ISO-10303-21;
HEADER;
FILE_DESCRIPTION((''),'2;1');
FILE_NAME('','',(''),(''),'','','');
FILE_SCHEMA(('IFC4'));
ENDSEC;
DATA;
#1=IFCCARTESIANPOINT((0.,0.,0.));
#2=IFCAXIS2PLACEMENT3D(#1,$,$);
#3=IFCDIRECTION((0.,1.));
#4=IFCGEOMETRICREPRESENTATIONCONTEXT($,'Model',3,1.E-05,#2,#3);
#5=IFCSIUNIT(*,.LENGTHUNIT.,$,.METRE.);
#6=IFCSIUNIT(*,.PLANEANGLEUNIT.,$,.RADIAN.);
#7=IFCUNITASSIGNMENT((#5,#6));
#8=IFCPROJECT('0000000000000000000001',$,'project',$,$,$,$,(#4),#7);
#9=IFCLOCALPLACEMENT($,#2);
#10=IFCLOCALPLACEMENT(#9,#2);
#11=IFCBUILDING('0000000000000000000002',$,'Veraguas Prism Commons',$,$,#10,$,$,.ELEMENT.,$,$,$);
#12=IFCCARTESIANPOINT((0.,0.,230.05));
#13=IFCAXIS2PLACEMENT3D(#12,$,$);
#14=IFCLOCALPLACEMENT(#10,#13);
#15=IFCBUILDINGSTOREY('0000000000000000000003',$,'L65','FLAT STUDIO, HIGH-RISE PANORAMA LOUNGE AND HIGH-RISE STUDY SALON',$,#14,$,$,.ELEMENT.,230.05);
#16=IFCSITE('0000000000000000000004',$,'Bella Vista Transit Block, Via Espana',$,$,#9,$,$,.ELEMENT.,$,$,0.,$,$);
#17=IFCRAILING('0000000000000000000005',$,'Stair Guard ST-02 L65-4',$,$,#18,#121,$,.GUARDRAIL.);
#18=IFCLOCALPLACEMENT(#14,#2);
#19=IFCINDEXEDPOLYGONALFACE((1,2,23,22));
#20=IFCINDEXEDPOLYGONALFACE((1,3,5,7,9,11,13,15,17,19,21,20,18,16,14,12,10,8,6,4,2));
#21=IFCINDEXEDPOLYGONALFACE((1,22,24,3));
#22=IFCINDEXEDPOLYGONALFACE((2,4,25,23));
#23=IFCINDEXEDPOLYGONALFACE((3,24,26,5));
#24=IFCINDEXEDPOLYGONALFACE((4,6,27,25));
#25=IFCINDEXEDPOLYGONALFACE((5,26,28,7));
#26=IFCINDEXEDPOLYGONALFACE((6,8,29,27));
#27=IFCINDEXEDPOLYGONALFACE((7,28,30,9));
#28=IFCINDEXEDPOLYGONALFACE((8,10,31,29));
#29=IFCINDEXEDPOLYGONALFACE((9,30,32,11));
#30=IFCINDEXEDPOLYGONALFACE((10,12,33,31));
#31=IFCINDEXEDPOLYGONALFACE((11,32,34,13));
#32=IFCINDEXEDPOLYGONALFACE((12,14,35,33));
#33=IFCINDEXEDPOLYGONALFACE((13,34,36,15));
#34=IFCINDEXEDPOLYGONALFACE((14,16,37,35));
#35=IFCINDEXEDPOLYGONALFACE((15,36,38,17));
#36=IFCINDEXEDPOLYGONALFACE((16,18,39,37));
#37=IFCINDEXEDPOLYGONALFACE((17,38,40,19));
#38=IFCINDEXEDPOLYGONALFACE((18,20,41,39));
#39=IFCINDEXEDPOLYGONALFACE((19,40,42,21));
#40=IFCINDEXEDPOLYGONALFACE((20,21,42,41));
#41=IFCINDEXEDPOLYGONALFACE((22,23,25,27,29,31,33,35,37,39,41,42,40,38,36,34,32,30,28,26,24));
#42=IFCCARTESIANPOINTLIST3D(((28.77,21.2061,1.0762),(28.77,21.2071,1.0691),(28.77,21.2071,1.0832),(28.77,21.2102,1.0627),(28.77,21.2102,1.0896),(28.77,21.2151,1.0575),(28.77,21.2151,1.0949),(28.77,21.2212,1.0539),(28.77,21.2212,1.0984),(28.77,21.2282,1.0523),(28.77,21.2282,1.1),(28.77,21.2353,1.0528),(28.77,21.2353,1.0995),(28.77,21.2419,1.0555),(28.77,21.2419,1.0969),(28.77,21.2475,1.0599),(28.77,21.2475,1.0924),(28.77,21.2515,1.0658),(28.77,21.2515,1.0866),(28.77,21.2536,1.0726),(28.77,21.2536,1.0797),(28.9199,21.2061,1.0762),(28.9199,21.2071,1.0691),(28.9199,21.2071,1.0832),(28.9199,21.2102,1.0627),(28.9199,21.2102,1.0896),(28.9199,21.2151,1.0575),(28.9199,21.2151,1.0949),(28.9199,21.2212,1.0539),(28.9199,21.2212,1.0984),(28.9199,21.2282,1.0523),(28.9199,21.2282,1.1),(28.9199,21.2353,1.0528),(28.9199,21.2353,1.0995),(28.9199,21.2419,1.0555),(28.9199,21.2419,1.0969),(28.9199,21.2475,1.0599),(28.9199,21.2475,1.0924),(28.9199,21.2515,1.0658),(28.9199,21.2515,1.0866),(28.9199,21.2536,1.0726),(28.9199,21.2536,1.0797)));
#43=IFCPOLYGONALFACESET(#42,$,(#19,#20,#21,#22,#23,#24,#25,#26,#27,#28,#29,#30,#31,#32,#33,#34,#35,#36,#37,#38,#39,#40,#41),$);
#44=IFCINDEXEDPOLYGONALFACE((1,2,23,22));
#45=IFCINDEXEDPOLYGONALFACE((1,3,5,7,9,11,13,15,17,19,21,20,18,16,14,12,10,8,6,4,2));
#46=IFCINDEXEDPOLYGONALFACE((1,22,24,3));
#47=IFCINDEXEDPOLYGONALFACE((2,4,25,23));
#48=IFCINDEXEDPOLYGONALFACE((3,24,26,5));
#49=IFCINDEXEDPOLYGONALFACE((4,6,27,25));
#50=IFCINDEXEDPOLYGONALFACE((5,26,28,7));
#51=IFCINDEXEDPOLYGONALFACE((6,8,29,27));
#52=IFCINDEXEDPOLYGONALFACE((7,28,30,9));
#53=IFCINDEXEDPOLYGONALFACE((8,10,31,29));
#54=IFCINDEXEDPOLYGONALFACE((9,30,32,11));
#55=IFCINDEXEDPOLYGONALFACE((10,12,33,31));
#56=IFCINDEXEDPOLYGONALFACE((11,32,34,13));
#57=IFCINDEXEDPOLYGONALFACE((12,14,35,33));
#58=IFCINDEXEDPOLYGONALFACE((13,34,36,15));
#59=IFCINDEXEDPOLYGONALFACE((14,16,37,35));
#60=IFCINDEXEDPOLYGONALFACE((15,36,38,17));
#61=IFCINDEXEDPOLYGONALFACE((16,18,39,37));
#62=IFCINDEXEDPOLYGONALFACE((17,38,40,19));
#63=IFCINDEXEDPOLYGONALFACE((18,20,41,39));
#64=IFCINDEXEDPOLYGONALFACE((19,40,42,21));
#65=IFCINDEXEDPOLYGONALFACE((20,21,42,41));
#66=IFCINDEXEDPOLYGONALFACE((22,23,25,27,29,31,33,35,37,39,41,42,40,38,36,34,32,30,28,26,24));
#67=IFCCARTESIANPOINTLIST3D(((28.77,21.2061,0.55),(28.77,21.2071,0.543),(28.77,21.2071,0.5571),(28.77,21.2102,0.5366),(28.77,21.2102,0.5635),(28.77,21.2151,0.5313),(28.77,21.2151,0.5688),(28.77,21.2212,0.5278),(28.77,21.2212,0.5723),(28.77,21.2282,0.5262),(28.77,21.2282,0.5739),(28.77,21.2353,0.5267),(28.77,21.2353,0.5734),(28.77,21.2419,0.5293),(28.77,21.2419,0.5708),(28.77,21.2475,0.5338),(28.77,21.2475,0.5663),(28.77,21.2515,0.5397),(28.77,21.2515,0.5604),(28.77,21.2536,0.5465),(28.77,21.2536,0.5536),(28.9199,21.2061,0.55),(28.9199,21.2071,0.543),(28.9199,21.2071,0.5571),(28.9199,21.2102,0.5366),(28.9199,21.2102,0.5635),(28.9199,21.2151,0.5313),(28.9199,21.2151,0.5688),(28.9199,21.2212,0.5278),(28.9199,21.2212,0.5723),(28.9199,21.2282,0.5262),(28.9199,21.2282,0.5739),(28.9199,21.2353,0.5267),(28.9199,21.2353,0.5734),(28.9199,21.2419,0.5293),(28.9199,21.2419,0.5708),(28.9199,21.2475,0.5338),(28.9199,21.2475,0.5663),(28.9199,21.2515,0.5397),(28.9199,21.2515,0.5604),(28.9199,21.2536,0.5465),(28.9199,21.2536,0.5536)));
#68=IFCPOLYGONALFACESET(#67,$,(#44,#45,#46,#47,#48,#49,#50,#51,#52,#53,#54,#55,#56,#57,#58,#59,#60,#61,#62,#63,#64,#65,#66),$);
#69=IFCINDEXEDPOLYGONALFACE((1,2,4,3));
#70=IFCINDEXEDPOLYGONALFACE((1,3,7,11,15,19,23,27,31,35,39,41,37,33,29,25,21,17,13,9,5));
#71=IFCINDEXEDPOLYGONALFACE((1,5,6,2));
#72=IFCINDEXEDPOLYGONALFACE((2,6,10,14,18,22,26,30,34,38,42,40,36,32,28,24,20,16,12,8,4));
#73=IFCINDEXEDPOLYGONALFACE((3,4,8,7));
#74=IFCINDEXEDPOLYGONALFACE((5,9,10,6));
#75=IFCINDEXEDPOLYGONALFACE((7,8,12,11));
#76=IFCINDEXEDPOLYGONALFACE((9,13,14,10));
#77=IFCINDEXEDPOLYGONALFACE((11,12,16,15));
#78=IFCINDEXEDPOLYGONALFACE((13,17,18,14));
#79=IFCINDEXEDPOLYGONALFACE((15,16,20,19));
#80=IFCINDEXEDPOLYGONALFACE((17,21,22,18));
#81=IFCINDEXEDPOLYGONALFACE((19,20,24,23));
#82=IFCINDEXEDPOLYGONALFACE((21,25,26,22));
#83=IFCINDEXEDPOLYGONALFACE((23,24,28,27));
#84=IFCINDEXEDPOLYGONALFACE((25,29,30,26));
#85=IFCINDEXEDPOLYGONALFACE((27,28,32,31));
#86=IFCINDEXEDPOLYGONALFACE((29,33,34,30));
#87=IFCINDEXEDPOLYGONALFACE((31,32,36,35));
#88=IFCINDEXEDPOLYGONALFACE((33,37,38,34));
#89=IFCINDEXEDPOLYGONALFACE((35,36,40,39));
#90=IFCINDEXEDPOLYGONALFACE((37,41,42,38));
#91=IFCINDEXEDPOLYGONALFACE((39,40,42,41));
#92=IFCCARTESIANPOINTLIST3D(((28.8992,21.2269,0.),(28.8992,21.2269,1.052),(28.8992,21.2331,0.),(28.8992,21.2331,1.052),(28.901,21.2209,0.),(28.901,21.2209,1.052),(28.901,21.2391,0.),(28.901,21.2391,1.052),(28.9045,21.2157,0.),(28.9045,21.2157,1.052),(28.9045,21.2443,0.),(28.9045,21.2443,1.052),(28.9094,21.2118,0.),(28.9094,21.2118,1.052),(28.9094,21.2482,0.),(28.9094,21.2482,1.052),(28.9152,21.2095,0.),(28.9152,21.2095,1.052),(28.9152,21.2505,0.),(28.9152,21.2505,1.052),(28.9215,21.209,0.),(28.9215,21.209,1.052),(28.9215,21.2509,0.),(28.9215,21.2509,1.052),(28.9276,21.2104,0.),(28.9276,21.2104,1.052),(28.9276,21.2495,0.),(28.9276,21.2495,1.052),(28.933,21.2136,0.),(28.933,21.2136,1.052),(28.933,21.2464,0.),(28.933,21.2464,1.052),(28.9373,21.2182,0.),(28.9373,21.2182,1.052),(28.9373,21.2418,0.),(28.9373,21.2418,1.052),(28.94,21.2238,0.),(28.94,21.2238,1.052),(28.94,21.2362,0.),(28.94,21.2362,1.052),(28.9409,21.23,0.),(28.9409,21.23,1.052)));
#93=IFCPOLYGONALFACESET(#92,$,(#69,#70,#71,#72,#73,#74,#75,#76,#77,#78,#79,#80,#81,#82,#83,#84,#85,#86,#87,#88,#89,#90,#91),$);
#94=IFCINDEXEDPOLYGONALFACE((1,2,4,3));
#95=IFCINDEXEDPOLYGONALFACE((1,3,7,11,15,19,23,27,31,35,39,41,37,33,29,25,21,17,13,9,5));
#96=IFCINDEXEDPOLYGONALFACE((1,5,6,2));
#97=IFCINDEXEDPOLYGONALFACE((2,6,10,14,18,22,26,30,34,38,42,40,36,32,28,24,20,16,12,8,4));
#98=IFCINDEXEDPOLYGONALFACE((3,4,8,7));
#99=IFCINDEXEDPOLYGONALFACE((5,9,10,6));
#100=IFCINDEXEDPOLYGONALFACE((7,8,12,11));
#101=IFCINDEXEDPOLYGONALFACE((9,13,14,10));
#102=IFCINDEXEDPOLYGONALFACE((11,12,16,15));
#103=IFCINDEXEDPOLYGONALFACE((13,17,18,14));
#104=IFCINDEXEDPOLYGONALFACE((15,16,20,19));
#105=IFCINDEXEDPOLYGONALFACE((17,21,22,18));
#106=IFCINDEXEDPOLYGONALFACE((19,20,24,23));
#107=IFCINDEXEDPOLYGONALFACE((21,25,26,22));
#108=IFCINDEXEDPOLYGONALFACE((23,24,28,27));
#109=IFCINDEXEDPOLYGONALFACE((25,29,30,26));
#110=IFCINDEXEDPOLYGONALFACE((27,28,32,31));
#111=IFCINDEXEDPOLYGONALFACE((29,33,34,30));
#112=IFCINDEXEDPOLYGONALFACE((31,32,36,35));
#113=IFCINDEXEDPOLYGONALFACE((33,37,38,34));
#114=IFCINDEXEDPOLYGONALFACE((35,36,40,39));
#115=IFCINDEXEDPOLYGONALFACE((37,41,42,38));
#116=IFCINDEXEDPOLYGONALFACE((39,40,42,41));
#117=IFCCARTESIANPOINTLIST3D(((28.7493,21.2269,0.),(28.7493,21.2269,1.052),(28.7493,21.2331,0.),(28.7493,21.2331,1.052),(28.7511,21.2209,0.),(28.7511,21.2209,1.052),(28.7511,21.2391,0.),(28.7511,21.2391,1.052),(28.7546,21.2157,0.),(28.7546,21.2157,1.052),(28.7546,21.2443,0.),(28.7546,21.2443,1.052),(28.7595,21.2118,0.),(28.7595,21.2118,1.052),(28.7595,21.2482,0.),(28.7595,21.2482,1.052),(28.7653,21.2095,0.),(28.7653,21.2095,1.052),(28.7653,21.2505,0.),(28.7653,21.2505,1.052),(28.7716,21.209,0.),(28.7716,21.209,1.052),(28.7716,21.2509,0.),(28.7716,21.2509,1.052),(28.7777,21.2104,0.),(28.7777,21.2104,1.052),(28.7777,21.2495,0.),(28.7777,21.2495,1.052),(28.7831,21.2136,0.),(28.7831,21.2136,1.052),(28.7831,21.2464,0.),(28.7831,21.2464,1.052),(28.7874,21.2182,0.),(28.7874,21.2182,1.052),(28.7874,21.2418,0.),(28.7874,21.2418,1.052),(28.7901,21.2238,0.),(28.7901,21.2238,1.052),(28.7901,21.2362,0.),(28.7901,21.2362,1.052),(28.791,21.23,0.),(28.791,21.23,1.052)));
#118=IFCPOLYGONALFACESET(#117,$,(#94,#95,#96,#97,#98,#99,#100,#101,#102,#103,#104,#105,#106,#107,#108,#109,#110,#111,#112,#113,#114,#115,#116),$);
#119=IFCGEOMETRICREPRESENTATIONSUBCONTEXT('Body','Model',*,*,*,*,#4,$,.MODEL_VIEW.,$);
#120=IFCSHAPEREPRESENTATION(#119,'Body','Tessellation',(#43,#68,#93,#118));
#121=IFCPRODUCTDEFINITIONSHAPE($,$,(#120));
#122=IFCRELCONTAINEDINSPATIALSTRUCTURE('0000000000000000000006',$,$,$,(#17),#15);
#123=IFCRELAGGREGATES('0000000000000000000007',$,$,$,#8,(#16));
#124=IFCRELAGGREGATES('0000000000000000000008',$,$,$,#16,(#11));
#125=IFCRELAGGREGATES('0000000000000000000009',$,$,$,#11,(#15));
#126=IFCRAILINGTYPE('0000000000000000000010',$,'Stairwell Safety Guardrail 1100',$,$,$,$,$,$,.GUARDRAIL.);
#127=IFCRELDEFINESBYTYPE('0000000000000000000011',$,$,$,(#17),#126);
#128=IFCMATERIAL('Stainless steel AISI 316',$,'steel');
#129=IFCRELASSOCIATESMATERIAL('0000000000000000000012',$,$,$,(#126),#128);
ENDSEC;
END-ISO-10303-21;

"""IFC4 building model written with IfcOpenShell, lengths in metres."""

from ifc_helpers import new_model, si_unit, direction, frame, origin, origin_2d, place, context, subcontext, project, spatial, circle, extrude, material, type_object, element, save


model = new_model("IFC4")

# Units and contexts
model_context = context("Model", 3, precision=1e-05, world=origin(), true_north=direction((0.0, 1.0)))
body_context = subcontext(model_context, "Body", "Model", "MODEL_VIEW")
ifc_project = project(units=[si_unit("LENGTHUNIT", "METRE"), si_unit("PLANEANGLEUNIT", "RADIAN")], contexts=[model_context])

# Site, building, storey
site_placement = place(None, origin())
site = spatial("IfcSite", under=ifc_project, at=site_placement, Name="Bella Vista Transit Block, Via Espana", CompositionType="ELEMENT", RefElevation=0.0)
building_placement = place(site_placement, origin())
building = spatial("IfcBuilding", under=site, at=building_placement, Name="Veraguas Prism Commons", CompositionType="ELEMENT")
storey_placement = place(building_placement, frame((0.0, 0.0, 230.05)))
storey = spatial("IfcBuildingStorey", under=building, at=storey_placement, Name="L65", Description="FLAT STUDIO, HIGH-RISE PANORAMA LOUNGE AND HIGH-RISE STUDY SALON", CompositionType="ELEMENT", Elevation=230.05)

# Shared definitions
ifc_material_1 = material(Name="Stainless steel AISI 316", Category="steel")

# Railing
railing_type_1 = type_object("IfcRailingType", Name="Stairwell Safety Guardrail 1100", PredefinedType="GUARDRAIL", material=ifc_material_1)
railing_1_placement = place(storey_placement, frame((28.9199, 21.23, 0.0)))
element("IfcRailing", 1, at=railing_1_placement, inside=storey, type_object=railing_type_1, Name="Stair Guard ST-02 L65-4", PredefinedType="GUARDRAIL", context=body_context, shape_type="SweptSolid", body=[
    extrude(circle(Radius=0.0239, at=origin_2d()), frame((0.0, 0.0, 1.0762), z_axis=(-1.0, 0.0, 0.0), x_axis=(0.0, -1.0, 0.0)), (0.0, 0.0, 1.0), 0.1499),
    extrude(circle(Radius=0.0239, at=origin_2d()), frame((0.0, 0.0, 0.55), z_axis=(-1.0, 0.0, 0.0), x_axis=(0.0, -1.0, 0.0)), (0.0, 0.0, 1.0), 0.1499),
    extrude(circle(Radius=0.021, at=origin_2d()), origin(), (0.0, 0.0, 1.0), 1.052),
    extrude(circle(Radius=0.021, at=origin_2d()), frame((-0.1499, 0.0, 0.0)), (0.0, 0.0, 1.0), 1.052),
])

save(model, "model.ifc")
